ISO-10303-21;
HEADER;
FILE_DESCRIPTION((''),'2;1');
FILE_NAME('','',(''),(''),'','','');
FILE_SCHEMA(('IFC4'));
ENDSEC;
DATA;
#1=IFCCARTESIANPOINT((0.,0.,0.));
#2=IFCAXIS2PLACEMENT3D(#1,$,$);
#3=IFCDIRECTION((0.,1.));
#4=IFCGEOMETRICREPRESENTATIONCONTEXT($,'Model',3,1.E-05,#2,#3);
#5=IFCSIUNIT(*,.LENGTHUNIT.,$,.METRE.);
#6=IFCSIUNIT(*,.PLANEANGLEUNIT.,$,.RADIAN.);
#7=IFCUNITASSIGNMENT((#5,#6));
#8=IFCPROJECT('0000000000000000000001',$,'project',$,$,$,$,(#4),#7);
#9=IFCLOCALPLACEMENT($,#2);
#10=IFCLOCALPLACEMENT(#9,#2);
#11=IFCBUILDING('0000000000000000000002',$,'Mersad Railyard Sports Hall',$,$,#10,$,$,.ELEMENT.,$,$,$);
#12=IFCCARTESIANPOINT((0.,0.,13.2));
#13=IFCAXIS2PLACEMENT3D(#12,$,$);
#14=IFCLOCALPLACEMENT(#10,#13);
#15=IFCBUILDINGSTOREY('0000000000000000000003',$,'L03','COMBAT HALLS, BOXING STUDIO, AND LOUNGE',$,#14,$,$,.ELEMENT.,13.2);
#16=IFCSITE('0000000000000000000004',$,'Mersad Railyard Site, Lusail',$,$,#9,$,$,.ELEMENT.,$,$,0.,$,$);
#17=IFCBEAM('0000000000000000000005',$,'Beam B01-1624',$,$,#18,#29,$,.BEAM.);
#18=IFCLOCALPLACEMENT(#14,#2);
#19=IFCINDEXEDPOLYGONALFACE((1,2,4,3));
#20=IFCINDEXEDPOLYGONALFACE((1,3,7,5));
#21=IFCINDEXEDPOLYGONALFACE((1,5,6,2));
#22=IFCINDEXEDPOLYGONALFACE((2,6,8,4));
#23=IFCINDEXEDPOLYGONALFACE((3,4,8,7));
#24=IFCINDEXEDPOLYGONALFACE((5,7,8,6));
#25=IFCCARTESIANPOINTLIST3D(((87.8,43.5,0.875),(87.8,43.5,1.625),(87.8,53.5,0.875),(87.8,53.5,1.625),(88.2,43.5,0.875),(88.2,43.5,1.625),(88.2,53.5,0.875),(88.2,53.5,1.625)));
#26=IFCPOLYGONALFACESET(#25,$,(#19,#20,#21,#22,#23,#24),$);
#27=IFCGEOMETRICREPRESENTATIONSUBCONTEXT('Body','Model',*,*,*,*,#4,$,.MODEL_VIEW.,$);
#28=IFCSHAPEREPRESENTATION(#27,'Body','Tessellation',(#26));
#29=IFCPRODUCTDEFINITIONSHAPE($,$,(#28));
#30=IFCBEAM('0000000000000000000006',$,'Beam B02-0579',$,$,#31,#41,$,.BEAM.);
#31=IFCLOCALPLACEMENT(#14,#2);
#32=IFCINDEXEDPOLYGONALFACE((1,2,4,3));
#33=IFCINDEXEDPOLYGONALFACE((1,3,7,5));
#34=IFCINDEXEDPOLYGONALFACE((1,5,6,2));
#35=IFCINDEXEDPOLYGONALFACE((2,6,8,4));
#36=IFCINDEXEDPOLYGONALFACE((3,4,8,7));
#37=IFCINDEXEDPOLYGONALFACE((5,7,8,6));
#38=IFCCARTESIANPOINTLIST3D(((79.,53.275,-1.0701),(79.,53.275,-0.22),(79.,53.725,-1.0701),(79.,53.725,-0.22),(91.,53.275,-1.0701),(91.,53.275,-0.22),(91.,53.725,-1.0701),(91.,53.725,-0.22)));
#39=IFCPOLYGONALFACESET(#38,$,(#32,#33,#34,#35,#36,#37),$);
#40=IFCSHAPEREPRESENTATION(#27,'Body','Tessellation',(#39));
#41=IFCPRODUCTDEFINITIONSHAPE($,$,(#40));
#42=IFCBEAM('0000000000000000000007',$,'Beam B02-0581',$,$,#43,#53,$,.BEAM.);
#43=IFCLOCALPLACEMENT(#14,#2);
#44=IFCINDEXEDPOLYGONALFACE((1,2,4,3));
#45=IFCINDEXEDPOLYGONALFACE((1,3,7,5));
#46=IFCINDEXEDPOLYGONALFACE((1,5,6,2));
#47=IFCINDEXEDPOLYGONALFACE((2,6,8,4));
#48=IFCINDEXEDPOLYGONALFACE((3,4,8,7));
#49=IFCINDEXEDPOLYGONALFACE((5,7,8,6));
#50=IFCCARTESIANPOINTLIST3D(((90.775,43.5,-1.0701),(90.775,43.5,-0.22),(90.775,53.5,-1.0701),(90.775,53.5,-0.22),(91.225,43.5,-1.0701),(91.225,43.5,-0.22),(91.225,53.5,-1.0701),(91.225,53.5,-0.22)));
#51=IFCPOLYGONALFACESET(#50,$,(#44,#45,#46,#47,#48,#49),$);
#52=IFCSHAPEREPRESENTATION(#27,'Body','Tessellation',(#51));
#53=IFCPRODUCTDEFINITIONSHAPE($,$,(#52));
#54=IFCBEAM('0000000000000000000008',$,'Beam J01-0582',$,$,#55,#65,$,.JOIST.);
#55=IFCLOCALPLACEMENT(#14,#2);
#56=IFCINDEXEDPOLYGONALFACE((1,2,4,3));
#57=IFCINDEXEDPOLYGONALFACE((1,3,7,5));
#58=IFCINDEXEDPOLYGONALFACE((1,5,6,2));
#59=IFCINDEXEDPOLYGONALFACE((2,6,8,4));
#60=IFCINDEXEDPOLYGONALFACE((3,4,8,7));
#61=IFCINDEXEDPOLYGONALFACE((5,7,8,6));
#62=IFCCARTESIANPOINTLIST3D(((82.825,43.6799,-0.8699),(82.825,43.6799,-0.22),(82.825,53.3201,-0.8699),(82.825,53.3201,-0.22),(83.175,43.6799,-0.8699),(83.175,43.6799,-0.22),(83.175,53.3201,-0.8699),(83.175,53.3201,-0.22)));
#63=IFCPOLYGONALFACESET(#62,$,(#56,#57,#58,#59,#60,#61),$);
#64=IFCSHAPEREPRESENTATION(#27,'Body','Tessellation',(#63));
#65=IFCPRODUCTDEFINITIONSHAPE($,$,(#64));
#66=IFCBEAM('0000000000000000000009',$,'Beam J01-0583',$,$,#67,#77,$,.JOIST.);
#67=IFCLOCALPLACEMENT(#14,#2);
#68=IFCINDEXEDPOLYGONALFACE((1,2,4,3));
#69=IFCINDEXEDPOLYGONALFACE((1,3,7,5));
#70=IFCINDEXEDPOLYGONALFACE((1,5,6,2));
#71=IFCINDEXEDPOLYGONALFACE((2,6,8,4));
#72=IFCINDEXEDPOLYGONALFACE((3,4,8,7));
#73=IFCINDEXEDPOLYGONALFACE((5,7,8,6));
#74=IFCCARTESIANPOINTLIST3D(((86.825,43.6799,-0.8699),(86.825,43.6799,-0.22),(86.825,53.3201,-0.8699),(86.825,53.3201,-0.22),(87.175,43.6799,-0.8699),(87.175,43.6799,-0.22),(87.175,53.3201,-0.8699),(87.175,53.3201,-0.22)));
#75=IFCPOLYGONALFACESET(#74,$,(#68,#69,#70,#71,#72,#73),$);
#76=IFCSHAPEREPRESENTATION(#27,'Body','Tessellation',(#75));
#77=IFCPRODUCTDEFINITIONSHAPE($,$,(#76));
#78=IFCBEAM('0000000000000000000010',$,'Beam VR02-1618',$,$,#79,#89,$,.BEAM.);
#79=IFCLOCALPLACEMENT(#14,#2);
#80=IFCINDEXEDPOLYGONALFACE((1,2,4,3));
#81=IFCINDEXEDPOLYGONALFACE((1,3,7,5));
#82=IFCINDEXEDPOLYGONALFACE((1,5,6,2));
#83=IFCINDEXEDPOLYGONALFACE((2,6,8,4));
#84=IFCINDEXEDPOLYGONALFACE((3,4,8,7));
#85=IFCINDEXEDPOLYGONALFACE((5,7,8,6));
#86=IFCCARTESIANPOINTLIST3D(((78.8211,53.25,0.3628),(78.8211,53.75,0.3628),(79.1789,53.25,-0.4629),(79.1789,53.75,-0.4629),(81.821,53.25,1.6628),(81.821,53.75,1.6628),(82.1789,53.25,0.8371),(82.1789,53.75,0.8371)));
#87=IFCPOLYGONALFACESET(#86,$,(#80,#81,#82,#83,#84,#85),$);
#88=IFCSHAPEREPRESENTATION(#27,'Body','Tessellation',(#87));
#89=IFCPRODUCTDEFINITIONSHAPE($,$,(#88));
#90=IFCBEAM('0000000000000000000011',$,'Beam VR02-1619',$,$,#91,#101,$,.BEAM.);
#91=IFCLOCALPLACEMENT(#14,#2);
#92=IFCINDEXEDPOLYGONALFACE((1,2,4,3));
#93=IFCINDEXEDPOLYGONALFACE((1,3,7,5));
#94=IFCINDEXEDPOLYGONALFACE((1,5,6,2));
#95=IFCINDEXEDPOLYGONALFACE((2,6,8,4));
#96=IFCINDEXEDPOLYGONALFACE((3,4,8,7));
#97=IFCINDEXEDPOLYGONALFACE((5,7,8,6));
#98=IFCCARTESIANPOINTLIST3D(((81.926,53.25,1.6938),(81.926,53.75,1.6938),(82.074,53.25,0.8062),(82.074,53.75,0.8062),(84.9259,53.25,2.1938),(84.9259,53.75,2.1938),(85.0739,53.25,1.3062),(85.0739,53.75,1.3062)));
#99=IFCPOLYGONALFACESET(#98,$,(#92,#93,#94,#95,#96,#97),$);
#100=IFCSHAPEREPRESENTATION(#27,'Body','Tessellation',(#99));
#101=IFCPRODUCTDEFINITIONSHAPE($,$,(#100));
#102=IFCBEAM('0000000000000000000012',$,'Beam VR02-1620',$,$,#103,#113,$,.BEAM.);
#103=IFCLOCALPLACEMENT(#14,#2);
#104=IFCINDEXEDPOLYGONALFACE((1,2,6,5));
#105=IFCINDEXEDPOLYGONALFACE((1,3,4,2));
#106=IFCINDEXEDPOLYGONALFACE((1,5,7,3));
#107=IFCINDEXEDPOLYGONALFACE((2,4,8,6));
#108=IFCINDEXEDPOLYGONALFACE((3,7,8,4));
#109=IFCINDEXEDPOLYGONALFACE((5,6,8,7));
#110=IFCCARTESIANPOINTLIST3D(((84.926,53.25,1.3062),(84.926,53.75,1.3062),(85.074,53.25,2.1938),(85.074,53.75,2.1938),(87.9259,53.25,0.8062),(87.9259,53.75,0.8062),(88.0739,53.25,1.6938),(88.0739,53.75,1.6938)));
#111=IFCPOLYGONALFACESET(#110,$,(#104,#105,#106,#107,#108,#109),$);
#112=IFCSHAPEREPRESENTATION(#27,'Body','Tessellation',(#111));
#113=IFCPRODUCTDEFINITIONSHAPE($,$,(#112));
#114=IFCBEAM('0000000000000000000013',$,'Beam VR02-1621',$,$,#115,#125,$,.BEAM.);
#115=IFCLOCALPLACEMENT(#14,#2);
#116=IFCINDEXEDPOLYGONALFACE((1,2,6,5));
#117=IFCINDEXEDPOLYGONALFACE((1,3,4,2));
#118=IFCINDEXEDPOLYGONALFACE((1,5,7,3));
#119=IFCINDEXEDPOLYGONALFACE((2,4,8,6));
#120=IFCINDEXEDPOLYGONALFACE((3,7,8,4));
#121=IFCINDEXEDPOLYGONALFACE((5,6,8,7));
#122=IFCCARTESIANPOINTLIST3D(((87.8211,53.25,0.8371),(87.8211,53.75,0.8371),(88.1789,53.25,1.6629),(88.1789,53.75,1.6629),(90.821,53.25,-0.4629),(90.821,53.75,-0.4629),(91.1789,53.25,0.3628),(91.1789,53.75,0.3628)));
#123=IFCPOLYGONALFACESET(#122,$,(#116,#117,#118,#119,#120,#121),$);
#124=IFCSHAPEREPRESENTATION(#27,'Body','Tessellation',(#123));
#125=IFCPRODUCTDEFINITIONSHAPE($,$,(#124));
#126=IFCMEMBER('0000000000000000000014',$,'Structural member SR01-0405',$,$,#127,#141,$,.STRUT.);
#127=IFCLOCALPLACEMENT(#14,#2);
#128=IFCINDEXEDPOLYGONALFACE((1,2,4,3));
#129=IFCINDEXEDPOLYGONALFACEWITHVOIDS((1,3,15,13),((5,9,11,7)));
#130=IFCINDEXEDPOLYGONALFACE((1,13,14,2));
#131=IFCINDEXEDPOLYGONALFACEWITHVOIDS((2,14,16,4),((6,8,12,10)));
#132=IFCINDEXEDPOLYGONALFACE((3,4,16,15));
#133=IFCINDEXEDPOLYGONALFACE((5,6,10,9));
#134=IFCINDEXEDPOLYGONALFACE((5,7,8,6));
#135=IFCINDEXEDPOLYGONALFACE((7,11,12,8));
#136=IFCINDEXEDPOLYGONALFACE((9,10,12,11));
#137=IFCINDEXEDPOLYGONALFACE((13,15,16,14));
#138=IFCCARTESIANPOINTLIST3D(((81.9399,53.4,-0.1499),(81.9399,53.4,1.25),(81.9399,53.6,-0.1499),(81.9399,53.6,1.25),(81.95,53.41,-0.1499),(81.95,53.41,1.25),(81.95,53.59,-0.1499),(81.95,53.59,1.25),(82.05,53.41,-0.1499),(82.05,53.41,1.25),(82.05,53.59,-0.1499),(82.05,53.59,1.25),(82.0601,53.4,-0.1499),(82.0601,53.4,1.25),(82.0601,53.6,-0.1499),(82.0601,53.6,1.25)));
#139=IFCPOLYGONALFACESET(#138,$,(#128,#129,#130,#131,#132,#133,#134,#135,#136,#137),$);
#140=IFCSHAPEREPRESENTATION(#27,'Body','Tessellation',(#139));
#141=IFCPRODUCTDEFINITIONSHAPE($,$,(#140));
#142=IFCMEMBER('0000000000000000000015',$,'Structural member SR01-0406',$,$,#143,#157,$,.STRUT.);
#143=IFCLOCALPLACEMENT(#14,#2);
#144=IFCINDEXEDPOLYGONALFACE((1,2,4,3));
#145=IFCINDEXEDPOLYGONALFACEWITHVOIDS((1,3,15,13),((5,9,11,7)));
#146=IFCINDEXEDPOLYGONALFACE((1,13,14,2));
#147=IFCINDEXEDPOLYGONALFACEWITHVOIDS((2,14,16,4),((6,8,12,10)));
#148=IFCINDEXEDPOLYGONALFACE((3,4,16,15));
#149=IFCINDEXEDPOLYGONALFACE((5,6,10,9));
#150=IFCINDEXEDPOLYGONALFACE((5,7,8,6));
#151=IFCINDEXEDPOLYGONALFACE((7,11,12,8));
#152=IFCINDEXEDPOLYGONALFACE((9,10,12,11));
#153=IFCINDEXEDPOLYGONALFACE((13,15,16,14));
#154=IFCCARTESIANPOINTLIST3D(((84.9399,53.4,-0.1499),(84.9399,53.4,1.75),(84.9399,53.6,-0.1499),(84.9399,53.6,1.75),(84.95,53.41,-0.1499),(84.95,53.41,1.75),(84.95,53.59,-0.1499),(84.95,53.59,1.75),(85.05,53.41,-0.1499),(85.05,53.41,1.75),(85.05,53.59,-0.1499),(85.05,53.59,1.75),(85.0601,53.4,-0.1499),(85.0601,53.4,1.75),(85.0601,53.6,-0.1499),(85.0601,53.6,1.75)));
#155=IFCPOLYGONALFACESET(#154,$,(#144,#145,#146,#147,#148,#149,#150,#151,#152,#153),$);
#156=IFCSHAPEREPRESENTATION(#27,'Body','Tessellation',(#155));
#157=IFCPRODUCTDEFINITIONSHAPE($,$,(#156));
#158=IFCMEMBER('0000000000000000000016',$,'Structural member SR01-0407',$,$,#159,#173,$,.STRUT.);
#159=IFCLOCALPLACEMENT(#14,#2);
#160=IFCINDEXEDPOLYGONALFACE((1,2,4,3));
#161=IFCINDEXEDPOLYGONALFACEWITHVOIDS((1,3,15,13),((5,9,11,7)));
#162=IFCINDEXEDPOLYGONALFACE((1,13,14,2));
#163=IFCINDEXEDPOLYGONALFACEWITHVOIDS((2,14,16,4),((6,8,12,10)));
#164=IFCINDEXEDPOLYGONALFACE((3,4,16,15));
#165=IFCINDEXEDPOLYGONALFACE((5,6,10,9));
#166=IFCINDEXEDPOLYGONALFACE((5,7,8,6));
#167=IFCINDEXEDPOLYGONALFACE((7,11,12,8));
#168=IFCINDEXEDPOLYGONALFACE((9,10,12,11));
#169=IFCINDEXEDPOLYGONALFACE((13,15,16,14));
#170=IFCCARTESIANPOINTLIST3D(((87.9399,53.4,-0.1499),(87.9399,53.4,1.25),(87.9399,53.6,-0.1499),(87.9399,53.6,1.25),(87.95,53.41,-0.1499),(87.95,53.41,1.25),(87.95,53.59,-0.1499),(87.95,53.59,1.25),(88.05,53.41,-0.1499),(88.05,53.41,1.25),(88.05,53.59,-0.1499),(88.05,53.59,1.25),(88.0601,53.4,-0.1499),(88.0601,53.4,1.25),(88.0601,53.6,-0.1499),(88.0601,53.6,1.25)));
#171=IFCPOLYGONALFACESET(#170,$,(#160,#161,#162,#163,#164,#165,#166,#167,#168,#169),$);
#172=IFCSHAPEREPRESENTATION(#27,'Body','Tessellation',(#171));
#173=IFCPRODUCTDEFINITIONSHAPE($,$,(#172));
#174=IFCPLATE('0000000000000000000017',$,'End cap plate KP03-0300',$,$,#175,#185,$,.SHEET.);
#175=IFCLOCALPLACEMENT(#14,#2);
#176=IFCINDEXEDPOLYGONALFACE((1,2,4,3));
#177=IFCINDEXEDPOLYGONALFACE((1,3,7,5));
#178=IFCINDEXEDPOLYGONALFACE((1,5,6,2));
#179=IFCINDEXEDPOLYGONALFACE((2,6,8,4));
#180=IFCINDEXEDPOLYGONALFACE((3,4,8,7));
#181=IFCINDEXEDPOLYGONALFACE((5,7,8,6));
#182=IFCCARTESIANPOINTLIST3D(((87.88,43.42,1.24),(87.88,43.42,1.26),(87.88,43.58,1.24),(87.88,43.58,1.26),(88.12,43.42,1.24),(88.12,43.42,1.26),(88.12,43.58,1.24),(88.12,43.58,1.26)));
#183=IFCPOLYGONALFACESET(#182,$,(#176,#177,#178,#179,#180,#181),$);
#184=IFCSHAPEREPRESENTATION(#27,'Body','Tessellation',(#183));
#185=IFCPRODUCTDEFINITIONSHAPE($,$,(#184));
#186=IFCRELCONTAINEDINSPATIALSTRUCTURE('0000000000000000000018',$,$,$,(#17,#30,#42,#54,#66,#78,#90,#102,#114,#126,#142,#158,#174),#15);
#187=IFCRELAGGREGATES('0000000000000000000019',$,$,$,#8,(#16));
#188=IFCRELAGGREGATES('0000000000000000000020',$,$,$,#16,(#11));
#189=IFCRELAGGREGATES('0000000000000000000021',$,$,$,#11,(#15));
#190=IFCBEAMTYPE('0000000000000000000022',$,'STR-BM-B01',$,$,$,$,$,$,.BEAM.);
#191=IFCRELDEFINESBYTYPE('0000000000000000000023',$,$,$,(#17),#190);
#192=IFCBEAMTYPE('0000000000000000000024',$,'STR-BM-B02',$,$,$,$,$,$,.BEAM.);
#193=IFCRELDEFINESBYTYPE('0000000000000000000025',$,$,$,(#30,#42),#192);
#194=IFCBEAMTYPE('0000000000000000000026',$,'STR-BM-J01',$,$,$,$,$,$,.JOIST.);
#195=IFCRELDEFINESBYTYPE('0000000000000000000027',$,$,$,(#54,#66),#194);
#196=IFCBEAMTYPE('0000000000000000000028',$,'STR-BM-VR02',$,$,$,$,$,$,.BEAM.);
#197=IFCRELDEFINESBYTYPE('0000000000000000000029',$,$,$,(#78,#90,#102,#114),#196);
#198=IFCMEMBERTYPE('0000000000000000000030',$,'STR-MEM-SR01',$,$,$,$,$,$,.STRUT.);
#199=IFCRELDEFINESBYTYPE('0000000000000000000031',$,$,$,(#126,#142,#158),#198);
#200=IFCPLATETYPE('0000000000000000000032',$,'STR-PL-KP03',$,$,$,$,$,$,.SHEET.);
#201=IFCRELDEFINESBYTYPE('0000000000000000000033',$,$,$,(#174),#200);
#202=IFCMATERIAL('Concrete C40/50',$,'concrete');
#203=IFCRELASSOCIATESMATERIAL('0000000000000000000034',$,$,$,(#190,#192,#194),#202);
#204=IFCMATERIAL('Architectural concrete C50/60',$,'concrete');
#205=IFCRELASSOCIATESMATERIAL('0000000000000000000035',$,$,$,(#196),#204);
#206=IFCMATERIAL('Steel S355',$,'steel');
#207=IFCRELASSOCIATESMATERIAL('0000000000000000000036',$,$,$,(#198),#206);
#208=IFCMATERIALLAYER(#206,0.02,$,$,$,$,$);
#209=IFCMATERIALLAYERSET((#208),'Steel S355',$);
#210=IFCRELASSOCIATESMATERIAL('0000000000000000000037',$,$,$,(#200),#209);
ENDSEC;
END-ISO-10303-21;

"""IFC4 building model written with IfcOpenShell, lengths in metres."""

from ifc_helpers import new_model, si_unit, direction, frame, origin, origin_2d, place, context, subcontext, project, spatial, rectangle, hollow_rectangle, extrude, material, layer, layer_set, material_profile, profile_set, type_object, element, save


model = new_model("IFC4")

# Units and contexts
model_context = context("Model", 3, precision=1e-05, world=origin(), true_north=direction((0.0, 1.0)))
body_context = subcontext(model_context, "Body", "Model", "MODEL_VIEW")
ifc_project = project(units=[si_unit("LENGTHUNIT", "METRE"), si_unit("PLANEANGLEUNIT", "RADIAN")], contexts=[model_context])

# Site, building, storey
site_placement = place(None, origin())
site = spatial("IfcSite", under=ifc_project, at=site_placement, Name="Mersad Railyard Site, Lusail", CompositionType="ELEMENT", RefElevation=0.0)
building_placement = place(site_placement, origin())
building = spatial("IfcBuilding", under=site, at=building_placement, Name="Mersad Railyard Sports Hall", CompositionType="ELEMENT")
storey_placement = place(building_placement, frame((0.0, 0.0, 13.2)))
storey = spatial("IfcBuildingStorey", under=building, at=storey_placement, Name="L03", Description="COMBAT HALLS, BOXING STUDIO, AND LOUNGE", CompositionType="ELEMENT", Elevation=13.2)

# Beams
ifc_material_1 = material(Name="Concrete C40/50", Category="concrete")
ifc_material_profile_1 = material_profile(ifc_material_1, rectangle(XDim=0.3999, YDim=0.75, at=origin_2d()), Name="RC 400x750")
ifc_profile_set_1 = profile_set([ifc_material_profile_1], Name="Concrete C40/50")
beam_type_1 = type_object("IfcBeamType", Name="STR-BM-B01", PredefinedType="BEAM", material=ifc_profile_set_1)
beam_1_placement = place(storey_placement, frame((88.0, 43.5, 1.25), z_axis=(0.0, 1.0, 0.0), x_axis=(-1.0, 0.0, 0.0)))
element("IfcBeam", 1, at=beam_1_placement, inside=storey, type_object=beam_type_1, Name="Beam B01-1624", PredefinedType="BEAM", context=body_context, shape_type="SweptSolid", body=[
    extrude(rectangle(XDim=0.3999, YDim=0.75, at=origin_2d()), origin(), (0.0, 0.0, 1.0), 10.0),
])
ifc_material_profile_2 = material_profile(ifc_material_1, rectangle(XDim=0.45, YDim=0.8501, at=origin_2d()), Name="RC 450x850")
ifc_profile_set_2 = profile_set([ifc_material_profile_2], Name="Concrete C40/50")
beam_type_2 = type_object("IfcBeamType", Name="STR-BM-B02", PredefinedType="BEAM", material=ifc_profile_set_2)
beam_2_placement = place(storey_placement, frame((79.0, 53.5, -0.645), z_axis=(1.0, 0.0, 0.0), x_axis=(0.0, 1.0, 0.0)))
element("IfcBeam", 2, at=beam_2_placement, inside=storey, type_object=beam_type_2, Name="Beam B02-0579", PredefinedType="BEAM", context=body_context, shape_type="SweptSolid", body=[
    extrude(rectangle(XDim=0.45, YDim=0.8501, at=origin_2d()), origin(), (0.0, 0.0, 1.0), 12.0),
])
beam_3_placement = place(storey_placement, frame((91.0, 43.5, -0.645), z_axis=(0.0, 1.0, 0.0), x_axis=(-1.0, 0.0, 0.0)))
element("IfcBeam", 3, at=beam_3_placement, inside=storey, type_object=beam_type_2, Name="Beam B02-0581", PredefinedType="BEAM", context=body_context, shape_type="SweptSolid", body=[
    extrude(rectangle(XDim=0.45, YDim=0.8501, at=origin_2d()), origin(), (0.0, 0.0, 1.0), 10.0),
])
ifc_material_profile_3 = material_profile(ifc_material_1, rectangle(XDim=0.3501, YDim=0.6499, at=origin_2d()), Name="RC 350x650")
ifc_profile_set_3 = profile_set([ifc_material_profile_3], Name="Concrete C40/50")
beam_type_3 = type_object("IfcBeamType", Name="STR-BM-J01", PredefinedType="JOIST", material=ifc_profile_set_3)
for number, where, z_axis, x_axis, name in (
    (4, (83.0, 43.6799, -0.5449), (0.0, 1.0, 0.0), (-1.0, 0.0, 0.0), "Beam J01-0582"),
    (5, (87.0, 43.6799, -0.5449), (0.0, 1.0, 0.0), (-1.0, 0.0, 0.0), "Beam J01-0583"),
):
    element("IfcBeam", number, at=place(storey_placement, frame(where, z_axis=z_axis, x_axis=x_axis)), inside=storey, type_object=beam_type_3, Name=name, PredefinedType="JOIST", context=body_context, shape_type="SweptSolid", body=[
        extrude(rectangle(XDim=0.3501, YDim=0.6499, at=origin_2d()), origin(), (0.0, 0.0, 1.0), 9.6401),
    ])
ifc_material_2 = material(Name="Architectural concrete C50/60", Category="concrete")
ifc_material_profile_4 = material_profile(ifc_material_2, rectangle(XDim=0.5, YDim=0.8999, at=origin_2d()), Name="VR 500x900")
ifc_profile_set_4 = profile_set([ifc_material_profile_4], Name="Architectural concrete C50/60")
beam_type_4 = type_object("IfcBeamType", Name="STR-BM-VR02", PredefinedType="BEAM", material=ifc_profile_set_4)
beam_4_placement = place(storey_placement, frame((79.0, 53.5, -0.05), z_axis=(0.91755, 0.0, 0.39762), x_axis=(0.0, 1.0, 0.0)))
element("IfcBeam", 6, at=beam_4_placement, inside=storey, type_object=beam_type_4, Name="Beam VR02-1618", PredefinedType="BEAM", context=body_context, shape_type="SweptSolid", body=[
    extrude(rectangle(XDim=0.5, YDim=0.8999, at=origin_2d()), origin(), (0.0, 0.0, 1.0), 3.2695),
])
for number, where, z_axis, x_axis, name in (
    (7, (82.0, 53.5, 1.25), (0.986394, 0.0, 0.164399), (0.0, 1.0, 0.0), "Beam VR02-1619"),
    (8, (85.0, 53.5, 1.75), (0.986394, 0.0, -0.164399), (0.0, 1.0, 0.0), "Beam VR02-1620"),
):
    element("IfcBeam", number, at=place(storey_placement, frame(where, z_axis=z_axis, x_axis=x_axis)), inside=storey, type_object=beam_type_4, Name=name, PredefinedType="BEAM", context=body_context, shape_type="SweptSolid", body=[
        extrude(rectangle(XDim=0.5, YDim=0.8999, at=origin_2d()), origin(), (0.0, 0.0, 1.0), 3.0413),
    ])
beam_5_placement = place(storey_placement, frame((88.0, 53.5, 1.25), z_axis=(0.91755, 0.0, -0.39762), x_axis=(0.0, 1.0, 0.0)))
element("IfcBeam", 9, at=beam_5_placement, inside=storey, type_object=beam_type_4, Name="Beam VR02-1621", PredefinedType="BEAM", context=body_context, shape_type="SweptSolid", body=[
    extrude(rectangle(XDim=0.5, YDim=0.8999, at=origin_2d()), origin(), (0.0, 0.0, 1.0), 3.2695),
])

# Members
ifc_material_3 = material(Name="Steel S355", Category="steel")
ifc_material_profile_5 = material_profile(ifc_material_3, hollow_rectangle(XDim=0.1201, YDim=0.2, WallThickness=0.01, at=origin_2d()), Name="RHS 200x120x10")
ifc_profile_set_5 = profile_set([ifc_material_profile_5], Name="Steel S355")
member_type = type_object("IfcMemberType", Name="STR-MEM-SR01", PredefinedType="STRUT", material=ifc_profile_set_5)
member_1_placement = place(storey_placement, frame((82.0, 53.5, -0.1499), z_axis=(0.0, 0.0, 1.0), x_axis=(1.0, 0.0, 0.0)))
element("IfcMember", 10, at=member_1_placement, inside=storey, type_object=member_type, Name="Structural member SR01-0405", PredefinedType="STRUT", context=body_context, shape_type="SweptSolid", body=[
    extrude(hollow_rectangle(XDim=0.1201, YDim=0.2, WallThickness=0.01, at=origin_2d()), origin(), (0.0, 0.0, 1.0), 1.3999),
])
member_2_placement = place(storey_placement, frame((85.0, 53.5, -0.1499), z_axis=(0.0, 0.0, 1.0), x_axis=(1.0, 0.0, 0.0)))
element("IfcMember", 11, at=member_2_placement, inside=storey, type_object=member_type, Name="Structural member SR01-0406", PredefinedType="STRUT", context=body_context, shape_type="SweptSolid", body=[
    extrude(hollow_rectangle(XDim=0.1201, YDim=0.2, WallThickness=0.01, at=origin_2d()), origin(), (0.0, 0.0, 1.0), 1.8999),
])
member_3_placement = place(storey_placement, frame((88.0, 53.5, -0.1499), z_axis=(0.0, 0.0, 1.0), x_axis=(1.0, 0.0, 0.0)))
element("IfcMember", 12, at=member_3_placement, inside=storey, type_object=member_type, Name="Structural member SR01-0407", PredefinedType="STRUT", context=body_context, shape_type="SweptSolid", body=[
    extrude(hollow_rectangle(XDim=0.1201, YDim=0.2, WallThickness=0.01, at=origin_2d()), origin(), (0.0, 0.0, 1.0), 1.3999),
])

# Plate
ifc_layer_1 = layer(ifc_material_3, 0.02)
ifc_layer_set_1 = layer_set([ifc_layer_1], Name="Steel S355")
plate_type = type_object("IfcPlateType", Name="STR-PL-KP03", PredefinedType="SHEET", material=ifc_layer_set_1)
for number, where, z_axis, x_axis, name in (
    (13, (88.0, 43.5, 1.24), (0.0, 0.0, 1.0), (1.0, 0.0, 0.0), "End cap plate KP03-0300"),
):
    element("IfcPlate", number, at=place(storey_placement, frame(where, z_axis=z_axis, x_axis=x_axis)), inside=storey, type_object=plate_type, Name=name, PredefinedType="SHEET", context=body_context, shape_type="SweptSolid", body=[
        extrude(rectangle(XDim=0.24, YDim=0.1599, at=origin_2d()), origin(), (0.0, 0.0, 1.0), 0.02),
    ])

save(model, "model.ifc")
